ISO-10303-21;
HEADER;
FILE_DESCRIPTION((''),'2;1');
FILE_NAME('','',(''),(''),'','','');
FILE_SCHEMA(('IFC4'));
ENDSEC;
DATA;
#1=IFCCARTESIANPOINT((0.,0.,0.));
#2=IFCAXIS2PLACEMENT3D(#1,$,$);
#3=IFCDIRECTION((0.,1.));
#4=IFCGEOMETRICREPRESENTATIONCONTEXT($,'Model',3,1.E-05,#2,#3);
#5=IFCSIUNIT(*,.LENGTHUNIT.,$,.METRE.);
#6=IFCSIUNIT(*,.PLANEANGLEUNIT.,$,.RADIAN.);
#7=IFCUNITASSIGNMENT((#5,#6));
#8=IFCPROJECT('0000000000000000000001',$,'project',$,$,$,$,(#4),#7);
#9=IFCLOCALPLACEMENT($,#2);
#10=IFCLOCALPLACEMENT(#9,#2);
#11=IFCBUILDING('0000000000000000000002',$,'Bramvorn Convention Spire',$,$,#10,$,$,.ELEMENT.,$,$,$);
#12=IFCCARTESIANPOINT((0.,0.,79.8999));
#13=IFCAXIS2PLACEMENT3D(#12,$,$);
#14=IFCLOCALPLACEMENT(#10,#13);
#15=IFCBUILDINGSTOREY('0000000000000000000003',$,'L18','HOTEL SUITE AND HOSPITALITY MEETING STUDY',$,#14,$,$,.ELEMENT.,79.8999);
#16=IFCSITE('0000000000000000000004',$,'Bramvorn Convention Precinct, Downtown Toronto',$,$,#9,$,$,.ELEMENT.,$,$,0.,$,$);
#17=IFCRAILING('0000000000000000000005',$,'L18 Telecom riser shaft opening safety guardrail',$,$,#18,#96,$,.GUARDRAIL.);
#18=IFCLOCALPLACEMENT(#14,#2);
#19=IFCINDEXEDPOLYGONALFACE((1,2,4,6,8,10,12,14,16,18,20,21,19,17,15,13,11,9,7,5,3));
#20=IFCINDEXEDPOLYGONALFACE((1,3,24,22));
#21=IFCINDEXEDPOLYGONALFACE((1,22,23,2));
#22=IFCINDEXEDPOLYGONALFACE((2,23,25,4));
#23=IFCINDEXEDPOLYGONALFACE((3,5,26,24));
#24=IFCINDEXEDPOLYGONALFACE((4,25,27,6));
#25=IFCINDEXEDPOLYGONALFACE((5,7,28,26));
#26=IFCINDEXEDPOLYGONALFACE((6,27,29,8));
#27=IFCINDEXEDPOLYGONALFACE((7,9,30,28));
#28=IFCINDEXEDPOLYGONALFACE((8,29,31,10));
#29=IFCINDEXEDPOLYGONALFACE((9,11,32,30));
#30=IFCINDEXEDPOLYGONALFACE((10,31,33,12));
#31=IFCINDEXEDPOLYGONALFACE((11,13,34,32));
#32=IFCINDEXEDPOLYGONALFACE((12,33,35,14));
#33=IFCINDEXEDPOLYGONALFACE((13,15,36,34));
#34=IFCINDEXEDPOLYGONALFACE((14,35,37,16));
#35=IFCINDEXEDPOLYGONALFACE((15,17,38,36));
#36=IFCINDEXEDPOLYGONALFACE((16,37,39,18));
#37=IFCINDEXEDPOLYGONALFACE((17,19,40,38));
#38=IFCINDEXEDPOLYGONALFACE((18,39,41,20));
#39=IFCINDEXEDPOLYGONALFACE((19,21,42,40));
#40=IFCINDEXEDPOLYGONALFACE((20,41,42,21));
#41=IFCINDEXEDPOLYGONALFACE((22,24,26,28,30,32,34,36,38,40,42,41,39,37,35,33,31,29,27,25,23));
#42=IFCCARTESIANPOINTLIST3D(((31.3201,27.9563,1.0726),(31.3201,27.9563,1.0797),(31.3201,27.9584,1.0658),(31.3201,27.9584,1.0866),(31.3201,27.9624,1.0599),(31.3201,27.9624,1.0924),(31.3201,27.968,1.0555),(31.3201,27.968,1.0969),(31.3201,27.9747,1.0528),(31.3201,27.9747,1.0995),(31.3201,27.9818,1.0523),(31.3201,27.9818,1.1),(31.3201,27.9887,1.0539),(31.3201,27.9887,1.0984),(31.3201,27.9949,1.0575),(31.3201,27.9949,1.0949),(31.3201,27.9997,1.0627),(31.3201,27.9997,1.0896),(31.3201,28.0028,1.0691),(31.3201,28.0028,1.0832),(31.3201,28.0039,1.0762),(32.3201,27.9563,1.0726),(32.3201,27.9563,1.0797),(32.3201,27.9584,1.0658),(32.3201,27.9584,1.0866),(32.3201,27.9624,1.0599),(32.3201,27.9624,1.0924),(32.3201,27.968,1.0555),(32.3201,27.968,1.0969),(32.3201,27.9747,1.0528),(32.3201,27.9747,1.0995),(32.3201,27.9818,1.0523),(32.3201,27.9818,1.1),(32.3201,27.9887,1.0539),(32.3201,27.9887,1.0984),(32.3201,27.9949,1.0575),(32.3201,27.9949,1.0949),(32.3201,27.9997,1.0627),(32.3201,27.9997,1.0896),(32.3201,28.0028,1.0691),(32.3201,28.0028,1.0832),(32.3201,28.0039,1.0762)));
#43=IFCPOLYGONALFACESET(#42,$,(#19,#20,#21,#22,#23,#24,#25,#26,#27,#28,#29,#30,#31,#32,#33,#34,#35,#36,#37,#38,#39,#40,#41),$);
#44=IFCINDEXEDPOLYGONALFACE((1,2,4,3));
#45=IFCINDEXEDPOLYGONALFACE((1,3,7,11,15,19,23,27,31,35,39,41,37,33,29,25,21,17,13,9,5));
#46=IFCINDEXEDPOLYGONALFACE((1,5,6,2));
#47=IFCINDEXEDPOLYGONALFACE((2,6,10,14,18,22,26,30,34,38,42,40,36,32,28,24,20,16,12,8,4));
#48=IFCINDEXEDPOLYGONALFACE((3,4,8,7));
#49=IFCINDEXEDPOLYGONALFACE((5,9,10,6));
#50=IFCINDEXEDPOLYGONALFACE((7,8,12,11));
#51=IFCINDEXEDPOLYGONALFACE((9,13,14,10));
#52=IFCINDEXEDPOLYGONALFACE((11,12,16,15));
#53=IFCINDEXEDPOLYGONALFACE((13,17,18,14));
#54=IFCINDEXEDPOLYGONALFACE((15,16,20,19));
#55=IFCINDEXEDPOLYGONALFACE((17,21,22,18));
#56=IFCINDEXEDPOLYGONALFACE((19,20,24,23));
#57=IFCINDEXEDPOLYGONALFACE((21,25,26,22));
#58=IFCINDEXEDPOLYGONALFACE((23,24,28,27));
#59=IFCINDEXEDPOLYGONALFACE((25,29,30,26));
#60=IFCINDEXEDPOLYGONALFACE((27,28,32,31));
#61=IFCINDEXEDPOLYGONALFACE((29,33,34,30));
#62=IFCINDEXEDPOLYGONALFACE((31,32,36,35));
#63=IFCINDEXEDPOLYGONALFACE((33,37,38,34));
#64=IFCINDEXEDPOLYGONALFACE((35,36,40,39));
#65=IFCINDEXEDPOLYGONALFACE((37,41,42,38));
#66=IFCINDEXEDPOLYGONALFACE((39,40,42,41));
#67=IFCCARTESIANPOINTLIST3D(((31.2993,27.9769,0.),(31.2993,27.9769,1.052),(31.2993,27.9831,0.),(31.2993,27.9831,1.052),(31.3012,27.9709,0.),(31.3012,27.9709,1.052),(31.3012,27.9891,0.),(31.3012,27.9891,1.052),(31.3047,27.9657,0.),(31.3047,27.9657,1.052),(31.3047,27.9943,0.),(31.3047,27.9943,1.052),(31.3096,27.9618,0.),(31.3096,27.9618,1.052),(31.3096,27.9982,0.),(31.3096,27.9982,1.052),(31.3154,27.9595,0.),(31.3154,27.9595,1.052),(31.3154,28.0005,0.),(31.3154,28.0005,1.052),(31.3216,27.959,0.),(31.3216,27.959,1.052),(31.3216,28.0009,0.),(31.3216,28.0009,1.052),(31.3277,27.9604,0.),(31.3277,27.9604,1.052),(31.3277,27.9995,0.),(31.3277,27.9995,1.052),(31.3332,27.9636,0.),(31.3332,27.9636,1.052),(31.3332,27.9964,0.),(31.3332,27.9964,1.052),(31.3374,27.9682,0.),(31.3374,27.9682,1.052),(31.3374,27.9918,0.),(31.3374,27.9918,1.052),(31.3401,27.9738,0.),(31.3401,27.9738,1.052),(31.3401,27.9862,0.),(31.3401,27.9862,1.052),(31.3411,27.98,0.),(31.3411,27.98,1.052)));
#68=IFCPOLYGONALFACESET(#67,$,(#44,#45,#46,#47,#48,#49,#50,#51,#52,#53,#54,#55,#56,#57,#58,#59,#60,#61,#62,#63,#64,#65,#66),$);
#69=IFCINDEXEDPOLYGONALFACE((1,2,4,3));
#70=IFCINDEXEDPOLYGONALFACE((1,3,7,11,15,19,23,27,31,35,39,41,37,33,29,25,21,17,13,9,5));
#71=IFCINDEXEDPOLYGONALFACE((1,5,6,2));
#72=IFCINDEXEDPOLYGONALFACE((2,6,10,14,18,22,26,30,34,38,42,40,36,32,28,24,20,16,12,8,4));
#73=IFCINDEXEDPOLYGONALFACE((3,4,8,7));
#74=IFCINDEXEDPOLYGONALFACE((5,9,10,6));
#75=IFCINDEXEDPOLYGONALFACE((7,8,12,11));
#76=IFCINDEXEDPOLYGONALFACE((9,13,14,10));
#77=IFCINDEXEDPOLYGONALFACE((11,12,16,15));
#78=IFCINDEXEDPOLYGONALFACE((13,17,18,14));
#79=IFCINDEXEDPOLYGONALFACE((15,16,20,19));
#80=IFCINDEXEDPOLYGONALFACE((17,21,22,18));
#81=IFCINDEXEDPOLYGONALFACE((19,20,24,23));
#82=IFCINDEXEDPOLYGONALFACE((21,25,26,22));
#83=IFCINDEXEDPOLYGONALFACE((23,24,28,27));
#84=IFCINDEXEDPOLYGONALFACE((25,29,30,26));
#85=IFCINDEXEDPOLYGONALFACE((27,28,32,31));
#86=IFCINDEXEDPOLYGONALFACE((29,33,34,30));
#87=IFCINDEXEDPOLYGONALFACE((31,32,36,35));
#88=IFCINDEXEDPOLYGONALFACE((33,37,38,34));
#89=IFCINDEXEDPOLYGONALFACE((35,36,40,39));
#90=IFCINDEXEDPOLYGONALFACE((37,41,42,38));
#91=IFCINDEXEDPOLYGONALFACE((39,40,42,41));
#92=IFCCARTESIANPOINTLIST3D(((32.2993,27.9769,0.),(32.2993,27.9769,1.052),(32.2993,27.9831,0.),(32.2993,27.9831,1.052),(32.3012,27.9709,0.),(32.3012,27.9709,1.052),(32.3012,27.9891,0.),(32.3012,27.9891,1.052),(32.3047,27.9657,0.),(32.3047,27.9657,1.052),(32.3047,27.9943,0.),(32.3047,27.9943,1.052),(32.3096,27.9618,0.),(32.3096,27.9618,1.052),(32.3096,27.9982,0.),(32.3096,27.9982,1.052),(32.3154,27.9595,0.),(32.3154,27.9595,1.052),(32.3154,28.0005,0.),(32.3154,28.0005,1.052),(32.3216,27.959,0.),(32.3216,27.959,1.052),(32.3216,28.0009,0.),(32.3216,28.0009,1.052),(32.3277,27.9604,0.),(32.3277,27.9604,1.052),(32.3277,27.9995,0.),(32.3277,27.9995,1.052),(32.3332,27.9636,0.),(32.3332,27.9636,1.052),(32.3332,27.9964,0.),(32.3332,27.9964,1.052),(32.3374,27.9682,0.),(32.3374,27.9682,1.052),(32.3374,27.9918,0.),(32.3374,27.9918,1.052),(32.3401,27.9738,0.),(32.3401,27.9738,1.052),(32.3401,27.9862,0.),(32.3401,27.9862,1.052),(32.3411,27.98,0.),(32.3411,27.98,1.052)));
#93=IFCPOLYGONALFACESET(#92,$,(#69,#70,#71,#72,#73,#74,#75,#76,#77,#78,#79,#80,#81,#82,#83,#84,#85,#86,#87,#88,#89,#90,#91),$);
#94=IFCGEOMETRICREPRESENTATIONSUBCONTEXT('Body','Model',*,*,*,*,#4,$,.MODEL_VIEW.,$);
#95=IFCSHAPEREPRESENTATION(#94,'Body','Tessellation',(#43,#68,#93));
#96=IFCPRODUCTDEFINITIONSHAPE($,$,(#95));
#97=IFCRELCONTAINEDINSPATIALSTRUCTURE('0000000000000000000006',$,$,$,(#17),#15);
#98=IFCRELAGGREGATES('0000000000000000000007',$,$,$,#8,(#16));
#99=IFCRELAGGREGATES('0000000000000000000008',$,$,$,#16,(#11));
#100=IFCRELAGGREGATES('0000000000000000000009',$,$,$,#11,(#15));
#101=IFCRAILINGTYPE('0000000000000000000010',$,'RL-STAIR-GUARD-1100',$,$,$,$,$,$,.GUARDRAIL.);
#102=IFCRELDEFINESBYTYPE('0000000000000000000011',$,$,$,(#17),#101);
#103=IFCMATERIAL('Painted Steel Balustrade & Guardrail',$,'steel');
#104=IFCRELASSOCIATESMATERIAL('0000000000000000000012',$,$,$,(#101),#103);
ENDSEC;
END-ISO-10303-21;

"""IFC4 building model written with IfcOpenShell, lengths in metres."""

from ifc_helpers import new_model, si_unit, direction, frame, origin, origin_2d, place, context, subcontext, project, spatial, circle, extrude, material, type_object, element, save


model = new_model("IFC4")

# Units and contexts
model_context = context("Model", 3, precision=1e-05, world=origin(), true_north=direction((0.0, 1.0)))
body_context = subcontext(model_context, "Body", "Model", "MODEL_VIEW")
ifc_project = project(units=[si_unit("LENGTHUNIT", "METRE"), si_unit("PLANEANGLEUNIT", "RADIAN")], contexts=[model_context])

# Site, building, storey
site_placement = place(None, origin())
site = spatial("IfcSite", under=ifc_project, at=site_placement, Name="Bramvorn Convention Precinct, Downtown Toronto", CompositionType="ELEMENT", RefElevation=0.0)
building_placement = place(site_placement, origin())
building = spatial("IfcBuilding", under=site, at=building_placement, Name="Bramvorn Convention Spire", CompositionType="ELEMENT")
storey_placement = place(building_placement, frame((0.0, 0.0, 79.8999)))
storey = spatial("IfcBuildingStorey", under=building, at=storey_placement, Name="L18", Description="HOTEL SUITE AND HOSPITALITY MEETING STUDY", CompositionType="ELEMENT", Elevation=79.8999)

# Railing
ifc_material_1 = material(Name="Painted Steel Balustrade & Guardrail", Category="steel")
railing_type = type_object("IfcRailingType", Name="RL-STAIR-GUARD-1100", PredefinedType="GUARDRAIL", material=ifc_material_1)
railing_placement = place(storey_placement, frame((31.3201, 27.98, 0.0)))
element("IfcRailing", 1, at=railing_placement, inside=storey, type_object=railing_type, Name="L18 Telecom riser shaft opening safety guardrail", PredefinedType="GUARDRAIL", context=body_context, shape_type="SweptSolid", body=[
    extrude(circle(Radius=0.0239, at=origin_2d()), frame((0.0, 0.0, 1.0762), z_axis=(1.0, 0.0, 0.0), x_axis=(0.0, 1.0, 0.0)), (0.0, 0.0, 1.0), 1.0),
    extrude(circle(Radius=0.021, at=origin_2d()), origin(), (0.0, 0.0, 1.0), 1.052),
    extrude(circle(Radius=0.021, at=origin_2d()), frame((1.0, 0.0, 0.0)), (0.0, 0.0, 1.0), 1.052),
])

save(model, "model.ifc")
